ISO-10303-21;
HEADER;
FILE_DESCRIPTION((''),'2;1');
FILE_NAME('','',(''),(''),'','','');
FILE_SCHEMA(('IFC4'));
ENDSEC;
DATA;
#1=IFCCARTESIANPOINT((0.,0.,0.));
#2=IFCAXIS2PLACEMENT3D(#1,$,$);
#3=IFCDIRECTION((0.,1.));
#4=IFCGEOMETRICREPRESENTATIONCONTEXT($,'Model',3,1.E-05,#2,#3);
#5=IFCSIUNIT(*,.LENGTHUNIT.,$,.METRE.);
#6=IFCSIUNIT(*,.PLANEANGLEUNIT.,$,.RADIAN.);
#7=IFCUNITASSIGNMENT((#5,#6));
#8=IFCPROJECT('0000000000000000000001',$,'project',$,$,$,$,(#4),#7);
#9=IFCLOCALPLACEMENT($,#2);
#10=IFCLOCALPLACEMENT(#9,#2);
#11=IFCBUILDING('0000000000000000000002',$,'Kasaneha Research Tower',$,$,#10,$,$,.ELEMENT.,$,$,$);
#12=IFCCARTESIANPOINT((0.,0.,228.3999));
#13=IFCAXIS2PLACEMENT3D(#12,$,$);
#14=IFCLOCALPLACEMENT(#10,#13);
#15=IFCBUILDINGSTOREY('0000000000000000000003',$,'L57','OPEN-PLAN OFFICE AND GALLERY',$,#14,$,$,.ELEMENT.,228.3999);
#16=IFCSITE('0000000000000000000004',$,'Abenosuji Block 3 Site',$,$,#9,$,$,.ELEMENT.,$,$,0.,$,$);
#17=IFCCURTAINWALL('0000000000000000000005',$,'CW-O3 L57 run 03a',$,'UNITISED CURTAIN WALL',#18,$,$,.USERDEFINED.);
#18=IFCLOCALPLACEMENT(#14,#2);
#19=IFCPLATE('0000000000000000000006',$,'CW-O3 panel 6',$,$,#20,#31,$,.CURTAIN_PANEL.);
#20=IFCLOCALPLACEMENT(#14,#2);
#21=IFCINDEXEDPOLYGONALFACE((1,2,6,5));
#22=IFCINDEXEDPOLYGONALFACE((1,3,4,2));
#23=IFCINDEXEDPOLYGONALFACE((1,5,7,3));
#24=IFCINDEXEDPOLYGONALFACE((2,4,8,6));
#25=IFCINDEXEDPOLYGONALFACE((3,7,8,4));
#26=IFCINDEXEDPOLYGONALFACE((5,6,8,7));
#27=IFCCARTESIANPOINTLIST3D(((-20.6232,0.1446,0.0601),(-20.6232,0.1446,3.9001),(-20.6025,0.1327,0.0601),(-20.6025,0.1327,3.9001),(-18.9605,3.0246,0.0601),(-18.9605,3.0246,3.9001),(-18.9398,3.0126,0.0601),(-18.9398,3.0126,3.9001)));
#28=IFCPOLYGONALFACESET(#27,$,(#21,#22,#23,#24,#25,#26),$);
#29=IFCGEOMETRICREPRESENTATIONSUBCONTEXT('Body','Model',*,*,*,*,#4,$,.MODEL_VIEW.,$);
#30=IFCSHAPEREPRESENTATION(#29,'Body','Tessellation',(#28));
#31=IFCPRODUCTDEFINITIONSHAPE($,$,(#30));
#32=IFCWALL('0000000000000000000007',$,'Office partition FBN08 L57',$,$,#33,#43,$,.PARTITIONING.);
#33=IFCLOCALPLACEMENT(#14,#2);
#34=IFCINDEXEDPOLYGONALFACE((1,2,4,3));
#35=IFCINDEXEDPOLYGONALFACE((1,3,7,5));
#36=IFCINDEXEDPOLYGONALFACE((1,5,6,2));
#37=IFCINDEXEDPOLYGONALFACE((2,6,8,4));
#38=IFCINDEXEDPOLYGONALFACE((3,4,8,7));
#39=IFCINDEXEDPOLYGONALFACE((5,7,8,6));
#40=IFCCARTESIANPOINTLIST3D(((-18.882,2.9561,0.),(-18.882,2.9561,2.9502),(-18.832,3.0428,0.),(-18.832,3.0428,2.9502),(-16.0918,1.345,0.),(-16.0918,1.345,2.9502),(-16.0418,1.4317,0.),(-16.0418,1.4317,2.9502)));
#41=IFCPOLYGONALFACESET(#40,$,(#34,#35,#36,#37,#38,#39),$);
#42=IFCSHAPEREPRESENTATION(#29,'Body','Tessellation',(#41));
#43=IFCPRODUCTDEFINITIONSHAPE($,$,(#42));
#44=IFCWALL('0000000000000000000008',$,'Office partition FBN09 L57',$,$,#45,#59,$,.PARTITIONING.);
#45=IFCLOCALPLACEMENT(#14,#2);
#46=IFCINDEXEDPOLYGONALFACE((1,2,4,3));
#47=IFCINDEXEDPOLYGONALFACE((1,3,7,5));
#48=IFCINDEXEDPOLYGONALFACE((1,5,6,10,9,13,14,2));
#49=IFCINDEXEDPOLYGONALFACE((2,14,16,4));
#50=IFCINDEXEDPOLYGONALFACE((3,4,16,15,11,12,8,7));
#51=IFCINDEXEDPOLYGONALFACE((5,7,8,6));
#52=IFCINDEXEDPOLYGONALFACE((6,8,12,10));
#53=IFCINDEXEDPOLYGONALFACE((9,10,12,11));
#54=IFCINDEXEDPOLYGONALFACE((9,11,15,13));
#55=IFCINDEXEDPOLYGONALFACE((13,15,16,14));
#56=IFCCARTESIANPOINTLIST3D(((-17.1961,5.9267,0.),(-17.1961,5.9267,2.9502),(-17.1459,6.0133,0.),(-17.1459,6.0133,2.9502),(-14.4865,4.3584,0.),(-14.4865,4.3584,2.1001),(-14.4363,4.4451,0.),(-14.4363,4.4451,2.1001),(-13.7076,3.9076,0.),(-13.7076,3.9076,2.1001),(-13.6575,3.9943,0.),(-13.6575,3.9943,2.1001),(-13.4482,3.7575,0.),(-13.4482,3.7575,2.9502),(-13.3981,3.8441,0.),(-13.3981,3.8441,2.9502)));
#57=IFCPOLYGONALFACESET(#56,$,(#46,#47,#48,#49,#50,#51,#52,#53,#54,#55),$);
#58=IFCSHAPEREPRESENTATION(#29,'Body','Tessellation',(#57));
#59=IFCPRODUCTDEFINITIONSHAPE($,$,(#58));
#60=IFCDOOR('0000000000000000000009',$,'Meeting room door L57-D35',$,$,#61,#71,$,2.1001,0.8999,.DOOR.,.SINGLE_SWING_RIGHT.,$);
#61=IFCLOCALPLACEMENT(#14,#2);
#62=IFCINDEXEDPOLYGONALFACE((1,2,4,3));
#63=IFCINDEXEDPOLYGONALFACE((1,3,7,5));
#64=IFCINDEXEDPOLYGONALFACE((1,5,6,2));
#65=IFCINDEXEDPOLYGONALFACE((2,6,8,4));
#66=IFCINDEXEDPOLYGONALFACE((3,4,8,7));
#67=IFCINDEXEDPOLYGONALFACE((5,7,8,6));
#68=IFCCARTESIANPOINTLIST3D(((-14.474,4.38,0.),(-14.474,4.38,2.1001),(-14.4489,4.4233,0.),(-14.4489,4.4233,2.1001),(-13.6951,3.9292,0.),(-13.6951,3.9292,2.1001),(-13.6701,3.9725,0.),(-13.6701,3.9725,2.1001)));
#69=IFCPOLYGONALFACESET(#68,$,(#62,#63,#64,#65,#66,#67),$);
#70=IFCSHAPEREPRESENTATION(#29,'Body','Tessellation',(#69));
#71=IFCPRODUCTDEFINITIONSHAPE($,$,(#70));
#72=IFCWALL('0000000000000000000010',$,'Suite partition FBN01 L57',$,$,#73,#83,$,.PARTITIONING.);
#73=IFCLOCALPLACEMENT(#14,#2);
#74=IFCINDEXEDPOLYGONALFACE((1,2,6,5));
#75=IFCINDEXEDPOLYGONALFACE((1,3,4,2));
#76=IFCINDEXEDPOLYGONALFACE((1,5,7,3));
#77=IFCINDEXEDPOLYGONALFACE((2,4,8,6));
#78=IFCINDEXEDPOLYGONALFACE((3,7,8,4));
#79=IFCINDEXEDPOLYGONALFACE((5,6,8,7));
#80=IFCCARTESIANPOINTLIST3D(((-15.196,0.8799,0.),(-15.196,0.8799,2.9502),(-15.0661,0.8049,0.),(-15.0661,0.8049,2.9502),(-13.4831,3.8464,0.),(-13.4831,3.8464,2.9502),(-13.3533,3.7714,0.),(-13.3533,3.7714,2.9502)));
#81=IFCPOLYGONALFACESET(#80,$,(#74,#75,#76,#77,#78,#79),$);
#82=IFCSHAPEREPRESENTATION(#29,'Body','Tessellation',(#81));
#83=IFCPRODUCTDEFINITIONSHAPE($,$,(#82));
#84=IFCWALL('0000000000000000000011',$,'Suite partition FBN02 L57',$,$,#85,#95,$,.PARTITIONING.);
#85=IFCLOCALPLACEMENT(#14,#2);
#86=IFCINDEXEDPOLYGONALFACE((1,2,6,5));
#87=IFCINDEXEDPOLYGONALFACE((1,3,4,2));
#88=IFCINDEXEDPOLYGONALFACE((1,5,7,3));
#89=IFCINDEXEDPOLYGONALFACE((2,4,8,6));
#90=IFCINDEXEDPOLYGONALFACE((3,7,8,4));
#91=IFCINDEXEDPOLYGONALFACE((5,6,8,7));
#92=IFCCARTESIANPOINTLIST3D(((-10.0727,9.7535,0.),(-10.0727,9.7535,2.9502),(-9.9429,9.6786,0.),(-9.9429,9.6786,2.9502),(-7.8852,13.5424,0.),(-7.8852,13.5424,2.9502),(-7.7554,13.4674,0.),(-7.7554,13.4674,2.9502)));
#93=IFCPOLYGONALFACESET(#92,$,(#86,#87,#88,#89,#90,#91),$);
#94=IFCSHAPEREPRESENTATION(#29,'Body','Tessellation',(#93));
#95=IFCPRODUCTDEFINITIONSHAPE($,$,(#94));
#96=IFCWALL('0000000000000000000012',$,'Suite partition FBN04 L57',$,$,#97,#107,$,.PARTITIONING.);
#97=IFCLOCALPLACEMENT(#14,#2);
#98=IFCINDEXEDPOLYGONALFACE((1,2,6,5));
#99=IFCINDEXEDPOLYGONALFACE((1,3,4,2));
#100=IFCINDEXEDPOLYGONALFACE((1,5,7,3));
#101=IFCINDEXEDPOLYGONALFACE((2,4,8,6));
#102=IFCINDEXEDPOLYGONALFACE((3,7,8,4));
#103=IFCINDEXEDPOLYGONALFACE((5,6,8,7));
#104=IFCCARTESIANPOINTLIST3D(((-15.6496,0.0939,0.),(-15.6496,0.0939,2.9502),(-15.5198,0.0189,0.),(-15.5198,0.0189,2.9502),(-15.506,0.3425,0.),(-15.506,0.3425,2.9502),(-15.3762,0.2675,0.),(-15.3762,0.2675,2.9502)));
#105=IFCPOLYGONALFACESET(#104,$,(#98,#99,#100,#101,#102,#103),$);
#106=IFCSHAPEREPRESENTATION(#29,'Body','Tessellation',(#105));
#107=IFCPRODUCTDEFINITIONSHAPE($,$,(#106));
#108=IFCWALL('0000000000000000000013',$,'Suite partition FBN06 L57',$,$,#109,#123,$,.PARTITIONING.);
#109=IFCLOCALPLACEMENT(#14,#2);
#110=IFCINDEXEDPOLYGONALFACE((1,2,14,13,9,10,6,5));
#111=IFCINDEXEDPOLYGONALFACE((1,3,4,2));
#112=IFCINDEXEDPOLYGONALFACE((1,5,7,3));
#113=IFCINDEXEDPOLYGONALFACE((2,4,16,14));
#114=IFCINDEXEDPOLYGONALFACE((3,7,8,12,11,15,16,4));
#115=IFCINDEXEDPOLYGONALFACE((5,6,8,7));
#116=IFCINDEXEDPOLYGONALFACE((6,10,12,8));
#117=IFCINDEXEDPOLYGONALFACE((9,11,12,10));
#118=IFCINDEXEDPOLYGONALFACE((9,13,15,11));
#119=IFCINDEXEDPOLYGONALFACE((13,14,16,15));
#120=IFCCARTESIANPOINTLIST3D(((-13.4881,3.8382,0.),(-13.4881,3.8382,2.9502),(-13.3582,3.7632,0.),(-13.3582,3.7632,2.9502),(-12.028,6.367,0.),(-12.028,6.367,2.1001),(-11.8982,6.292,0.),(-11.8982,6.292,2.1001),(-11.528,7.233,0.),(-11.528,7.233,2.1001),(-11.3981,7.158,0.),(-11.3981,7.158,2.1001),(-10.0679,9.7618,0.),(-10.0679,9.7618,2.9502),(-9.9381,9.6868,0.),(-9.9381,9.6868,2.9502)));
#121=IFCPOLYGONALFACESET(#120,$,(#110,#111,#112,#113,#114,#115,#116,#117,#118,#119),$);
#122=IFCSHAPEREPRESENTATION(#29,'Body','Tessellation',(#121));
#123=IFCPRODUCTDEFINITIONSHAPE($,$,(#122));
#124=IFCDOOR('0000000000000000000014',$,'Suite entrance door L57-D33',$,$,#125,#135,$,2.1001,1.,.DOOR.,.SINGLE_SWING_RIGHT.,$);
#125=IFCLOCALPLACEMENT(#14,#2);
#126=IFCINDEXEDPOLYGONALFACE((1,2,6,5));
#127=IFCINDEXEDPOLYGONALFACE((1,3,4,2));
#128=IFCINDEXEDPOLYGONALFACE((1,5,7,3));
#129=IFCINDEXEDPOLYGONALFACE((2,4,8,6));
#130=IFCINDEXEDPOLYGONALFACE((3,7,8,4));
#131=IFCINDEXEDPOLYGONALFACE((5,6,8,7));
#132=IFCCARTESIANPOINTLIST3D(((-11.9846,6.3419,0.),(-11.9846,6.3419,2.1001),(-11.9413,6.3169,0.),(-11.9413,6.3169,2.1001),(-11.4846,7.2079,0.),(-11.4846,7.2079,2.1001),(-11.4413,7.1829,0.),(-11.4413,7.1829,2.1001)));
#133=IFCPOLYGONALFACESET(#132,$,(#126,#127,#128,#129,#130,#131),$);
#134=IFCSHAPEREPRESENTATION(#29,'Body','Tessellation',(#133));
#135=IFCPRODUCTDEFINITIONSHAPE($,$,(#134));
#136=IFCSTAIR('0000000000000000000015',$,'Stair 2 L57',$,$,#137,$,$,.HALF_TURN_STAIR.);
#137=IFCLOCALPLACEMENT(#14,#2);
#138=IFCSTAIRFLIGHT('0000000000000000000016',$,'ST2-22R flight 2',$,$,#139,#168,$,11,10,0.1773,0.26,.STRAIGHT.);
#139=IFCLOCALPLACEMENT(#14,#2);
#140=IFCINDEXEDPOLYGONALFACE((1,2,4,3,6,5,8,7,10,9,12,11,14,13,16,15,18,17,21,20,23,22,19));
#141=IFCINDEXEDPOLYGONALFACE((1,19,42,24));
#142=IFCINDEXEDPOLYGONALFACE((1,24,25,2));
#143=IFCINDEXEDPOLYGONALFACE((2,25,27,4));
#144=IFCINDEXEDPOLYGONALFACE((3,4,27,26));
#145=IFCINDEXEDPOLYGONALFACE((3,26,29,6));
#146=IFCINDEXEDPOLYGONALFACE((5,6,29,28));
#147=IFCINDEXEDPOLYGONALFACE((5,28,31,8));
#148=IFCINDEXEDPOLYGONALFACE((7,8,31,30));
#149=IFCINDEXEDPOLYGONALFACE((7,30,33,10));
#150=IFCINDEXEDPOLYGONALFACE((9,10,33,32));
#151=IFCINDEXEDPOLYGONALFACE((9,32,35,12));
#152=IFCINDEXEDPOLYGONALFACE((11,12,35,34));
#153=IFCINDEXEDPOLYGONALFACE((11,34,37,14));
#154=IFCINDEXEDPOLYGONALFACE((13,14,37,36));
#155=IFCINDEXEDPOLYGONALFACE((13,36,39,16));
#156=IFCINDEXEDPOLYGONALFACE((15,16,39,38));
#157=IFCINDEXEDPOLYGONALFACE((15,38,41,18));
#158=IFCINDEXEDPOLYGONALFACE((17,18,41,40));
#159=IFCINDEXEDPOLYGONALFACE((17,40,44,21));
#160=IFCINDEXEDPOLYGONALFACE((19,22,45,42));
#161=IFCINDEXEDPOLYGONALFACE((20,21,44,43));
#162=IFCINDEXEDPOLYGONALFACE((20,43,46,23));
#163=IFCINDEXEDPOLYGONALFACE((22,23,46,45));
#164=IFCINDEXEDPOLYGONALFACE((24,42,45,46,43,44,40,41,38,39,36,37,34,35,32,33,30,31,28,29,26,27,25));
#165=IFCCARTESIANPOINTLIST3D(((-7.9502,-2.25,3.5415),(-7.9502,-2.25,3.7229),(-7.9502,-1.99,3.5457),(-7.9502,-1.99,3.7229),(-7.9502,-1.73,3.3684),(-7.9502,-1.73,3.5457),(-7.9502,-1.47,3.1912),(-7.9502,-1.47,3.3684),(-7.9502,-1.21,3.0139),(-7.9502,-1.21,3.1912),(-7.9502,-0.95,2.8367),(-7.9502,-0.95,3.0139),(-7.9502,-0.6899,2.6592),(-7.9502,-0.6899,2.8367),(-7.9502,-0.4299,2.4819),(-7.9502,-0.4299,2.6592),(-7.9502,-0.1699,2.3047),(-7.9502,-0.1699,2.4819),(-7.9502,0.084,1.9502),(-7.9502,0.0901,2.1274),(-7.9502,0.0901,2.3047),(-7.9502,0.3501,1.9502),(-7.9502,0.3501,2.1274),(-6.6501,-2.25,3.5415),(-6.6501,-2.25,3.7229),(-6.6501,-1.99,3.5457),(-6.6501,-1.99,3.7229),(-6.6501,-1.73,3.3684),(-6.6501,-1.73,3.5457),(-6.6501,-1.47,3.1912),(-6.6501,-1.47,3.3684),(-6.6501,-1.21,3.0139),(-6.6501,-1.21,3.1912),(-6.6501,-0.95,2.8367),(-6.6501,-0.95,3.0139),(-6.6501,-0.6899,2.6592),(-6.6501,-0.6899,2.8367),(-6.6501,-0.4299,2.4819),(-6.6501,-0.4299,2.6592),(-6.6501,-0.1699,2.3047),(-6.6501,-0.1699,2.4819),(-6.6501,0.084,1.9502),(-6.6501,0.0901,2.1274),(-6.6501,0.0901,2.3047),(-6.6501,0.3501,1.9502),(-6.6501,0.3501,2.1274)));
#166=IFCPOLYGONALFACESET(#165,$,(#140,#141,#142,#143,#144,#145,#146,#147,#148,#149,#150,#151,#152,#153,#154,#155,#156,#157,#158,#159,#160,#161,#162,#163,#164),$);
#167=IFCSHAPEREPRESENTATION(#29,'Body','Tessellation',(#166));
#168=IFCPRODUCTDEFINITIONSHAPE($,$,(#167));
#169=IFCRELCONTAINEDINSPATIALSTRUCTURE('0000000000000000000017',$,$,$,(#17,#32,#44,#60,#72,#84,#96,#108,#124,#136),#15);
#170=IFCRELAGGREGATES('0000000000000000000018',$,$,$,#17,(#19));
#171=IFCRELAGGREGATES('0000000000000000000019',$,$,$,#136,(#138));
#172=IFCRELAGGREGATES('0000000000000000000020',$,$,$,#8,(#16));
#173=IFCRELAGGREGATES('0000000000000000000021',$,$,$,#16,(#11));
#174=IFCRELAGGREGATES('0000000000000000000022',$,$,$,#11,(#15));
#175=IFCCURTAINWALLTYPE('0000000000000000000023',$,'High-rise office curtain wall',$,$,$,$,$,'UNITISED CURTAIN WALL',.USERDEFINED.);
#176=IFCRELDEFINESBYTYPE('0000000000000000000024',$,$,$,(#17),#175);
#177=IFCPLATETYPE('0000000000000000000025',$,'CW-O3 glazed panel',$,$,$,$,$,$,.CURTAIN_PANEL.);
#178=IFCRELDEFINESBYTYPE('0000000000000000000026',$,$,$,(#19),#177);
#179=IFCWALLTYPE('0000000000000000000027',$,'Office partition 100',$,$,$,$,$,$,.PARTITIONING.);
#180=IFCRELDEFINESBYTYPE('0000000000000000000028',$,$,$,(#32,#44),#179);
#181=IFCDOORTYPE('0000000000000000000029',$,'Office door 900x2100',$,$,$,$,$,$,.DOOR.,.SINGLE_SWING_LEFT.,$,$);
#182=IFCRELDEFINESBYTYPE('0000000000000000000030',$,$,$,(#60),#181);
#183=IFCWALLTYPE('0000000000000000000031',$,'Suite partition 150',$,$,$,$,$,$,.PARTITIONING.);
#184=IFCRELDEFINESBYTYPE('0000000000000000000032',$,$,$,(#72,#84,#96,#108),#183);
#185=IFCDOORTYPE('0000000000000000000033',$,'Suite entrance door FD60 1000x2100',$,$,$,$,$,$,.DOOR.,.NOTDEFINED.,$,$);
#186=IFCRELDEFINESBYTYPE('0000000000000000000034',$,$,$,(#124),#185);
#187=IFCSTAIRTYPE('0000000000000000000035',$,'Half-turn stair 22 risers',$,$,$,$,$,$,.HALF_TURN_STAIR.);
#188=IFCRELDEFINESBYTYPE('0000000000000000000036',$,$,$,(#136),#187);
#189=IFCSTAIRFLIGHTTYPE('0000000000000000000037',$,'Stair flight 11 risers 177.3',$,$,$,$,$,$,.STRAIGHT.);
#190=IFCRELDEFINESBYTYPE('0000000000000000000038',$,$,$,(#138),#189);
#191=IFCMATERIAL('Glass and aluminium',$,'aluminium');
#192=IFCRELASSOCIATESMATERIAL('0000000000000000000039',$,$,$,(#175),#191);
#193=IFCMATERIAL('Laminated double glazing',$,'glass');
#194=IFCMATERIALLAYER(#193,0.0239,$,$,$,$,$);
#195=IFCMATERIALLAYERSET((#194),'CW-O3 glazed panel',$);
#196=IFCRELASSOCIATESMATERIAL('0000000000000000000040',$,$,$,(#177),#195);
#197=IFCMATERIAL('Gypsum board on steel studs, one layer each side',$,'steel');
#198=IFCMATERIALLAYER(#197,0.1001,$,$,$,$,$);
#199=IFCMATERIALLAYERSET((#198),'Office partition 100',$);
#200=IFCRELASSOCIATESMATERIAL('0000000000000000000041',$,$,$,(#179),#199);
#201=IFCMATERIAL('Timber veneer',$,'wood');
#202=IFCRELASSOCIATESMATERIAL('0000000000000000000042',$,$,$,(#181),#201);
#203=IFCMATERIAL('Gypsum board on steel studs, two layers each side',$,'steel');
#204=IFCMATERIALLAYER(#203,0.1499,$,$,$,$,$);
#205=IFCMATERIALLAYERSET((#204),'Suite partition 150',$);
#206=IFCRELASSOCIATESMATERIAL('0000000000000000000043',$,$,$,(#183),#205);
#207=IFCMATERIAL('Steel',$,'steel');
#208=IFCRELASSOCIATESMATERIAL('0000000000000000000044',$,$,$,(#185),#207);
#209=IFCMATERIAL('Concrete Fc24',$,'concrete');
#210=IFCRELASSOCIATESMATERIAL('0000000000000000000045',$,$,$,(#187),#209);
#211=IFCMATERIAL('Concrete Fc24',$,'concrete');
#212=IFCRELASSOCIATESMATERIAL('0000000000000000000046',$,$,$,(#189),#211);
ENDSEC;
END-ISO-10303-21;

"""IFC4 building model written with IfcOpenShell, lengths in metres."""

from ifc_helpers import new_model, si_unit, direction, frame, frame_2d, origin, origin_2d, place, context, subcontext, project, spatial, polyline, rectangle, outline, extrude, material, layer, layer_set, type_object, element, fill, aggregate, save


model = new_model("IFC4")

# Units and contexts
model_context = context("Model", 3, precision=1e-05, world=origin(), true_north=direction((0.0, 1.0)))
body_context = subcontext(model_context, "Body", "Model", "MODEL_VIEW")
ifc_project = project(units=[si_unit("LENGTHUNIT", "METRE"), si_unit("PLANEANGLEUNIT", "RADIAN")], contexts=[model_context])

# Site, building, storey
site_placement = place(None, origin())
site = spatial("IfcSite", under=ifc_project, at=site_placement, Name="Abenosuji Block 3 Site", CompositionType="ELEMENT", RefElevation=0.0)
building_placement = place(site_placement, origin())
building = spatial("IfcBuilding", under=site, at=building_placement, Name="Kasaneha Research Tower", CompositionType="ELEMENT")
storey_placement = place(building_placement, frame((0.0, 0.0, 228.3999)))
storey = spatial("IfcBuildingStorey", under=building, at=storey_placement, Name="L57", Description="OPEN-PLAN OFFICE AND GALLERY", CompositionType="ELEMENT", Elevation=228.3999)

# Curtain wall
ifc_material_1 = material(Name="Glass and aluminium", Category="aluminium")
curtain_wall_type = type_object("IfcCurtainWallType", Name="High-rise office curtain wall", ElementType="UNITISED CURTAIN WALL", PredefinedType="USERDEFINED", material=ifc_material_1)
curtain_wall_placement = place(storey_placement, origin())
curtain_wall = element("IfcCurtainWall", 1, at=curtain_wall_placement, inside=storey, type_object=curtain_wall_type, Name="CW-O3 L57 run 03a", ObjectType="UNITISED CURTAIN WALL", PredefinedType="USERDEFINED")

# Plate
ifc_material_2 = material(Name="Laminated double glazing", Category="glass")
ifc_layer_1 = layer(ifc_material_2, 0.0239)
ifc_layer_set_1 = layer_set([ifc_layer_1], Name="CW-O3 glazed panel")
plate_type = type_object("IfcPlateType", Name="CW-O3 glazed panel", PredefinedType="CURTAIN_PANEL", material=ifc_layer_set_1)
plate_1_placement = place(storey_placement, frame((-19.7815, 1.5786, 0.0601), z_axis=(0.0, 0.0, 1.0), x_axis=(-0.5, -0.866025, 0.0)))
plate_1 = element("IfcPlate", 2, at=plate_1_placement, type_object=plate_type, Name="CW-O3 panel 6", PredefinedType="CURTAIN_PANEL", context=body_context, shape_type="SweptSolid", body=[
    extrude(rectangle(XDim=3.3254, YDim=0.0239, at=origin_2d()), origin(), (0.0, 0.0, 1.0), 3.8401),
])
aggregate(curtain_wall, [plate_1])

# Wall
ifc_material_3 = material(Name="Gypsum board on steel studs, one layer each side", Category="steel")
ifc_layer_2 = layer(ifc_material_3, 0.1001)
ifc_layer_set_2 = layer_set([ifc_layer_2], Name="Office partition 100")
wall_type_1 = type_object("IfcWallType", Name="Office partition 100", PredefinedType="PARTITIONING", material=ifc_layer_set_2)
wall_1_placement = place(storey_placement, frame((-16.0669, 1.3884, 0.0), z_axis=(0.0, 0.0, 1.0), x_axis=(-0.86601, 0.500026, 0.0)))
element("IfcWall", 3, at=wall_1_placement, inside=storey, type_object=wall_type_1, Name="Office partition FBN08 L57", PredefinedType="PARTITIONING", context=body_context, shape_type="SweptSolid", body=[
    extrude(rectangle(XDim=3.2219, YDim=0.1001, at=frame_2d((1.6108, 0.0))), origin(), (0.0, 0.0, 1.0), 2.9502),
])

# Wall, opening, door
wall_2_placement = place(storey_placement, frame((-17.1709, 5.97, 0.0), z_axis=(0.0, 0.0, 1.0), x_axis=(0.865485, -0.500934, 0.0)))
wall_2 = element("IfcWall", 4, at=wall_2_placement, inside=storey, type_object=wall_type_1, Name="Office partition FBN09 L57", PredefinedType="PARTITIONING", context=body_context, shape_type="SweptSolid", body=[
    extrude(rectangle(XDim=4.3303, YDim=0.1001, at=frame_2d((2.165, 0.0))), origin(), (0.0, 0.0, 1.0), 2.9502),
])
opening_1_placement = place(wall_2_placement, frame((3.1306, 0.0, 0.0)))
opening_1 = element("IfcOpeningElement", 5, at=opening_1_placement, cuts=wall_2, PredefinedType="OPENING", context=body_context, shape_type="SweptSolid", body=[
    extrude(rectangle(XDim=0.8999, YDim=2.1001, at=frame_2d((0.45, 1.05))), frame((0.0, 0.0601, 0.0), z_axis=(0.0, -1.0, 0.0), x_axis=(1.0, 0.0, 0.0)), (0.0, 0.0, 1.0), 0.1201),
])
ifc_material_4 = material(Name="Timber veneer", Category="wood")
door_type_1 = type_object("IfcDoorType", Name="Office door 900x2100", OperationType="SINGLE_SWING_LEFT", PredefinedType="DOOR", material=ifc_material_4)
door_1_placement = place(opening_1_placement, origin())
door_1 = element("IfcDoor", 6, at=door_1_placement, inside=storey, type_object=door_type_1, Name="Meeting room door L57-D35", OperationType="SINGLE_SWING_RIGHT", OverallHeight=2.1001, OverallWidth=0.8999, PredefinedType="DOOR", context=body_context, shape_type="SweptSolid", body=[
    extrude(rectangle(XDim=0.8999, YDim=2.1001, at=frame_2d((0.45, 1.05))), frame((0.0, 0.0249, 0.0), z_axis=(0.0, -1.0, 0.0), x_axis=(1.0, 0.0, 0.0)), (0.0, 0.0, 1.0), 0.05),
])
fill(opening_1, door_1)

# Walls
ifc_material_5 = material(Name="Gypsum board on steel studs, two layers each side", Category="steel")
ifc_layer_3 = layer(ifc_material_5, 0.1499)
ifc_layer_set_3 = layer_set([ifc_layer_3], Name="Suite partition 150")
wall_type_2 = type_object("IfcWallType", Name="Suite partition 150", PredefinedType="PARTITIONING", material=ifc_layer_set_3)
wall_3_placement = place(storey_placement, frame((-15.1311, 0.8423, 0.0), z_axis=(0.0, 0.0, 1.0), x_axis=(0.500033, 0.866006, 0.0)))
element("IfcWall", 7, at=wall_3_placement, inside=storey, type_object=wall_type_2, Name="Suite partition FBN01 L57", PredefinedType="PARTITIONING", context=body_context, shape_type="SweptSolid", body=[
    extrude(rectangle(XDim=3.4255, YDim=0.1499, at=frame_2d((1.7129, 0.0))), origin(), (0.0, 0.0, 1.0), 2.9502),
])
wall_4_placement = place(storey_placement, frame((-10.0078, 9.7161, 0.0), z_axis=(0.0, 0.0, 1.0), x_axis=(0.500004, 0.866023, 0.0)))
element("IfcWall", 8, at=wall_4_placement, inside=storey, type_object=wall_type_2, Name="Suite partition FBN02 L57", PredefinedType="PARTITIONING", context=body_context, shape_type="SweptSolid", body=[
    extrude(rectangle(XDim=4.375, YDim=0.1499, at=frame_2d((2.1875, 0.0))), origin(), (0.0, 0.0, 1.0), 2.9502),
])
wall_5_placement = place(storey_placement, frame((-15.5847, 0.0564, 0.0), z_axis=(0.0, 0.0, 1.0), x_axis=(0.500164, 0.865931, 0.0)))
element("IfcWall", 9, at=wall_5_placement, inside=storey, type_object=wall_type_2, Name="Suite partition FBN04 L57", PredefinedType="PARTITIONING", context=body_context, shape_type="SweptSolid", body=[
    extrude(rectangle(XDim=0.2871, YDim=0.1499, at=frame_2d((0.1436, 0.0))), origin(), (0.0, 0.0, 1.0), 2.9502),
])

# Wall, opening, door
wall_6_placement = place(storey_placement, frame((-13.4231, 3.8008, 0.0), z_axis=(0.0, 0.0, 1.0), x_axis=(0.50002, 0.866014, 0.0)))
wall_6 = element("IfcWall", 10, at=wall_6_placement, inside=storey, type_object=wall_type_2, Name="Suite partition FBN06 L57", PredefinedType="PARTITIONING", context=body_context, shape_type="SweptSolid", body=[
    extrude(rectangle(XDim=6.8401, YDim=0.1499, at=frame_2d((3.4199, 0.0))), origin(), (0.0, 0.0, 1.0), 2.9502),
])
opening_2_placement = place(wall_6_placement, frame((2.9199, 0.0, 0.0)))
opening_2 = element("IfcOpeningElement", 11, at=opening_2_placement, cuts=wall_6, PredefinedType="OPENING", context=body_context, shape_type="SweptSolid", body=[
    extrude(rectangle(XDim=1.0, YDim=2.1001, at=frame_2d((0.5, 1.05))), frame((0.0, 0.085, 0.0), z_axis=(0.0, -1.0, 0.0), x_axis=(1.0, 0.0, 0.0)), (0.0, 0.0, 1.0), 0.1699),
])
ifc_material_6 = material(Name="Steel", Category="steel")
door_type_2 = type_object("IfcDoorType", Name="Suite entrance door FD60 1000x2100", OperationType="NOTDEFINED", PredefinedType="DOOR", material=ifc_material_6)
door_2_placement = place(opening_2_placement, origin())
door_2 = element("IfcDoor", 12, at=door_2_placement, inside=storey, type_object=door_type_2, Name="Suite entrance door L57-D33", OperationType="SINGLE_SWING_RIGHT", OverallHeight=2.1001, OverallWidth=1.0, PredefinedType="DOOR", context=body_context, shape_type="SweptSolid", body=[
    extrude(rectangle(XDim=1.0, YDim=2.1001, at=frame_2d((0.5, 1.05))), frame((0.0, 0.0249, 0.0), z_axis=(0.0, -1.0, 0.0), x_axis=(1.0, 0.0, 0.0)), (0.0, 0.0, 1.0), 0.05),
])
fill(opening_2, door_2)

# Stair, stair flight
ifc_material_7 = material(Name="Concrete Fc24", Category="concrete")
stair_type = type_object("IfcStairType", Name="Half-turn stair 22 risers", PredefinedType="HALF_TURN_STAIR", material=ifc_material_7)
stair_placement = place(storey_placement, origin())
stair = element("IfcStair", 13, at=stair_placement, inside=storey, type_object=stair_type, Name="Stair 2 L57", PredefinedType="HALF_TURN_STAIR")
ifc_material_8 = material(Name="Concrete Fc24", Category="concrete")
stair_flight_type = type_object("IfcStairFlightType", Name="Stair flight 11 risers 177.3", PredefinedType="STRAIGHT", material=ifc_material_8)
stair_flight_placement = place(storey_placement, frame((-7.3, 0.3501, 1.9502), z_axis=(0.0, 0.0, 1.0), x_axis=(0.0, -1.0, 0.0)))
stair_flight = element("IfcStairFlight", 14, at=stair_flight_placement, type_object=stair_flight_type, Name="ST2-22R flight 2", NumberOfRisers=11, NumberOfTreads=10, PredefinedType="STRAIGHT", RiserHeight=0.1773, TreadLength=0.26, context=body_context, shape_type="SweptSolid", body=[
    extrude(outline(polyline([(0.0, 0.0), (0.0, 0.1772), (0.26, 0.1772), (0.26, 0.3545), (0.52, 0.3545), (0.52, 0.5317), (0.78, 0.5317), (0.78, 0.709), (1.04, 0.709), (1.04, 0.8865), (1.3, 0.8865), (1.3, 1.0637), (1.5601, 1.0637), (1.5601, 1.241), (1.8201, 1.241), (1.8201, 1.4182), (2.0801, 1.4182), (2.0801, 1.5955), (2.3401, 1.5955), (2.3401, 1.7727), (2.6001, 1.7727), (2.6001, 1.95), (2.6001, 1.5913), (0.2661, 0.0), (0.0, 0.0)])), frame((0.0, 0.6499, 0.0), z_axis=(0.0, -1.0, 0.0), x_axis=(1.0, 0.0, 0.0)), (0.0, 0.0, 1.0), 1.3),
])
aggregate(stair, [stair_flight])

save(model, "model.ifc")
